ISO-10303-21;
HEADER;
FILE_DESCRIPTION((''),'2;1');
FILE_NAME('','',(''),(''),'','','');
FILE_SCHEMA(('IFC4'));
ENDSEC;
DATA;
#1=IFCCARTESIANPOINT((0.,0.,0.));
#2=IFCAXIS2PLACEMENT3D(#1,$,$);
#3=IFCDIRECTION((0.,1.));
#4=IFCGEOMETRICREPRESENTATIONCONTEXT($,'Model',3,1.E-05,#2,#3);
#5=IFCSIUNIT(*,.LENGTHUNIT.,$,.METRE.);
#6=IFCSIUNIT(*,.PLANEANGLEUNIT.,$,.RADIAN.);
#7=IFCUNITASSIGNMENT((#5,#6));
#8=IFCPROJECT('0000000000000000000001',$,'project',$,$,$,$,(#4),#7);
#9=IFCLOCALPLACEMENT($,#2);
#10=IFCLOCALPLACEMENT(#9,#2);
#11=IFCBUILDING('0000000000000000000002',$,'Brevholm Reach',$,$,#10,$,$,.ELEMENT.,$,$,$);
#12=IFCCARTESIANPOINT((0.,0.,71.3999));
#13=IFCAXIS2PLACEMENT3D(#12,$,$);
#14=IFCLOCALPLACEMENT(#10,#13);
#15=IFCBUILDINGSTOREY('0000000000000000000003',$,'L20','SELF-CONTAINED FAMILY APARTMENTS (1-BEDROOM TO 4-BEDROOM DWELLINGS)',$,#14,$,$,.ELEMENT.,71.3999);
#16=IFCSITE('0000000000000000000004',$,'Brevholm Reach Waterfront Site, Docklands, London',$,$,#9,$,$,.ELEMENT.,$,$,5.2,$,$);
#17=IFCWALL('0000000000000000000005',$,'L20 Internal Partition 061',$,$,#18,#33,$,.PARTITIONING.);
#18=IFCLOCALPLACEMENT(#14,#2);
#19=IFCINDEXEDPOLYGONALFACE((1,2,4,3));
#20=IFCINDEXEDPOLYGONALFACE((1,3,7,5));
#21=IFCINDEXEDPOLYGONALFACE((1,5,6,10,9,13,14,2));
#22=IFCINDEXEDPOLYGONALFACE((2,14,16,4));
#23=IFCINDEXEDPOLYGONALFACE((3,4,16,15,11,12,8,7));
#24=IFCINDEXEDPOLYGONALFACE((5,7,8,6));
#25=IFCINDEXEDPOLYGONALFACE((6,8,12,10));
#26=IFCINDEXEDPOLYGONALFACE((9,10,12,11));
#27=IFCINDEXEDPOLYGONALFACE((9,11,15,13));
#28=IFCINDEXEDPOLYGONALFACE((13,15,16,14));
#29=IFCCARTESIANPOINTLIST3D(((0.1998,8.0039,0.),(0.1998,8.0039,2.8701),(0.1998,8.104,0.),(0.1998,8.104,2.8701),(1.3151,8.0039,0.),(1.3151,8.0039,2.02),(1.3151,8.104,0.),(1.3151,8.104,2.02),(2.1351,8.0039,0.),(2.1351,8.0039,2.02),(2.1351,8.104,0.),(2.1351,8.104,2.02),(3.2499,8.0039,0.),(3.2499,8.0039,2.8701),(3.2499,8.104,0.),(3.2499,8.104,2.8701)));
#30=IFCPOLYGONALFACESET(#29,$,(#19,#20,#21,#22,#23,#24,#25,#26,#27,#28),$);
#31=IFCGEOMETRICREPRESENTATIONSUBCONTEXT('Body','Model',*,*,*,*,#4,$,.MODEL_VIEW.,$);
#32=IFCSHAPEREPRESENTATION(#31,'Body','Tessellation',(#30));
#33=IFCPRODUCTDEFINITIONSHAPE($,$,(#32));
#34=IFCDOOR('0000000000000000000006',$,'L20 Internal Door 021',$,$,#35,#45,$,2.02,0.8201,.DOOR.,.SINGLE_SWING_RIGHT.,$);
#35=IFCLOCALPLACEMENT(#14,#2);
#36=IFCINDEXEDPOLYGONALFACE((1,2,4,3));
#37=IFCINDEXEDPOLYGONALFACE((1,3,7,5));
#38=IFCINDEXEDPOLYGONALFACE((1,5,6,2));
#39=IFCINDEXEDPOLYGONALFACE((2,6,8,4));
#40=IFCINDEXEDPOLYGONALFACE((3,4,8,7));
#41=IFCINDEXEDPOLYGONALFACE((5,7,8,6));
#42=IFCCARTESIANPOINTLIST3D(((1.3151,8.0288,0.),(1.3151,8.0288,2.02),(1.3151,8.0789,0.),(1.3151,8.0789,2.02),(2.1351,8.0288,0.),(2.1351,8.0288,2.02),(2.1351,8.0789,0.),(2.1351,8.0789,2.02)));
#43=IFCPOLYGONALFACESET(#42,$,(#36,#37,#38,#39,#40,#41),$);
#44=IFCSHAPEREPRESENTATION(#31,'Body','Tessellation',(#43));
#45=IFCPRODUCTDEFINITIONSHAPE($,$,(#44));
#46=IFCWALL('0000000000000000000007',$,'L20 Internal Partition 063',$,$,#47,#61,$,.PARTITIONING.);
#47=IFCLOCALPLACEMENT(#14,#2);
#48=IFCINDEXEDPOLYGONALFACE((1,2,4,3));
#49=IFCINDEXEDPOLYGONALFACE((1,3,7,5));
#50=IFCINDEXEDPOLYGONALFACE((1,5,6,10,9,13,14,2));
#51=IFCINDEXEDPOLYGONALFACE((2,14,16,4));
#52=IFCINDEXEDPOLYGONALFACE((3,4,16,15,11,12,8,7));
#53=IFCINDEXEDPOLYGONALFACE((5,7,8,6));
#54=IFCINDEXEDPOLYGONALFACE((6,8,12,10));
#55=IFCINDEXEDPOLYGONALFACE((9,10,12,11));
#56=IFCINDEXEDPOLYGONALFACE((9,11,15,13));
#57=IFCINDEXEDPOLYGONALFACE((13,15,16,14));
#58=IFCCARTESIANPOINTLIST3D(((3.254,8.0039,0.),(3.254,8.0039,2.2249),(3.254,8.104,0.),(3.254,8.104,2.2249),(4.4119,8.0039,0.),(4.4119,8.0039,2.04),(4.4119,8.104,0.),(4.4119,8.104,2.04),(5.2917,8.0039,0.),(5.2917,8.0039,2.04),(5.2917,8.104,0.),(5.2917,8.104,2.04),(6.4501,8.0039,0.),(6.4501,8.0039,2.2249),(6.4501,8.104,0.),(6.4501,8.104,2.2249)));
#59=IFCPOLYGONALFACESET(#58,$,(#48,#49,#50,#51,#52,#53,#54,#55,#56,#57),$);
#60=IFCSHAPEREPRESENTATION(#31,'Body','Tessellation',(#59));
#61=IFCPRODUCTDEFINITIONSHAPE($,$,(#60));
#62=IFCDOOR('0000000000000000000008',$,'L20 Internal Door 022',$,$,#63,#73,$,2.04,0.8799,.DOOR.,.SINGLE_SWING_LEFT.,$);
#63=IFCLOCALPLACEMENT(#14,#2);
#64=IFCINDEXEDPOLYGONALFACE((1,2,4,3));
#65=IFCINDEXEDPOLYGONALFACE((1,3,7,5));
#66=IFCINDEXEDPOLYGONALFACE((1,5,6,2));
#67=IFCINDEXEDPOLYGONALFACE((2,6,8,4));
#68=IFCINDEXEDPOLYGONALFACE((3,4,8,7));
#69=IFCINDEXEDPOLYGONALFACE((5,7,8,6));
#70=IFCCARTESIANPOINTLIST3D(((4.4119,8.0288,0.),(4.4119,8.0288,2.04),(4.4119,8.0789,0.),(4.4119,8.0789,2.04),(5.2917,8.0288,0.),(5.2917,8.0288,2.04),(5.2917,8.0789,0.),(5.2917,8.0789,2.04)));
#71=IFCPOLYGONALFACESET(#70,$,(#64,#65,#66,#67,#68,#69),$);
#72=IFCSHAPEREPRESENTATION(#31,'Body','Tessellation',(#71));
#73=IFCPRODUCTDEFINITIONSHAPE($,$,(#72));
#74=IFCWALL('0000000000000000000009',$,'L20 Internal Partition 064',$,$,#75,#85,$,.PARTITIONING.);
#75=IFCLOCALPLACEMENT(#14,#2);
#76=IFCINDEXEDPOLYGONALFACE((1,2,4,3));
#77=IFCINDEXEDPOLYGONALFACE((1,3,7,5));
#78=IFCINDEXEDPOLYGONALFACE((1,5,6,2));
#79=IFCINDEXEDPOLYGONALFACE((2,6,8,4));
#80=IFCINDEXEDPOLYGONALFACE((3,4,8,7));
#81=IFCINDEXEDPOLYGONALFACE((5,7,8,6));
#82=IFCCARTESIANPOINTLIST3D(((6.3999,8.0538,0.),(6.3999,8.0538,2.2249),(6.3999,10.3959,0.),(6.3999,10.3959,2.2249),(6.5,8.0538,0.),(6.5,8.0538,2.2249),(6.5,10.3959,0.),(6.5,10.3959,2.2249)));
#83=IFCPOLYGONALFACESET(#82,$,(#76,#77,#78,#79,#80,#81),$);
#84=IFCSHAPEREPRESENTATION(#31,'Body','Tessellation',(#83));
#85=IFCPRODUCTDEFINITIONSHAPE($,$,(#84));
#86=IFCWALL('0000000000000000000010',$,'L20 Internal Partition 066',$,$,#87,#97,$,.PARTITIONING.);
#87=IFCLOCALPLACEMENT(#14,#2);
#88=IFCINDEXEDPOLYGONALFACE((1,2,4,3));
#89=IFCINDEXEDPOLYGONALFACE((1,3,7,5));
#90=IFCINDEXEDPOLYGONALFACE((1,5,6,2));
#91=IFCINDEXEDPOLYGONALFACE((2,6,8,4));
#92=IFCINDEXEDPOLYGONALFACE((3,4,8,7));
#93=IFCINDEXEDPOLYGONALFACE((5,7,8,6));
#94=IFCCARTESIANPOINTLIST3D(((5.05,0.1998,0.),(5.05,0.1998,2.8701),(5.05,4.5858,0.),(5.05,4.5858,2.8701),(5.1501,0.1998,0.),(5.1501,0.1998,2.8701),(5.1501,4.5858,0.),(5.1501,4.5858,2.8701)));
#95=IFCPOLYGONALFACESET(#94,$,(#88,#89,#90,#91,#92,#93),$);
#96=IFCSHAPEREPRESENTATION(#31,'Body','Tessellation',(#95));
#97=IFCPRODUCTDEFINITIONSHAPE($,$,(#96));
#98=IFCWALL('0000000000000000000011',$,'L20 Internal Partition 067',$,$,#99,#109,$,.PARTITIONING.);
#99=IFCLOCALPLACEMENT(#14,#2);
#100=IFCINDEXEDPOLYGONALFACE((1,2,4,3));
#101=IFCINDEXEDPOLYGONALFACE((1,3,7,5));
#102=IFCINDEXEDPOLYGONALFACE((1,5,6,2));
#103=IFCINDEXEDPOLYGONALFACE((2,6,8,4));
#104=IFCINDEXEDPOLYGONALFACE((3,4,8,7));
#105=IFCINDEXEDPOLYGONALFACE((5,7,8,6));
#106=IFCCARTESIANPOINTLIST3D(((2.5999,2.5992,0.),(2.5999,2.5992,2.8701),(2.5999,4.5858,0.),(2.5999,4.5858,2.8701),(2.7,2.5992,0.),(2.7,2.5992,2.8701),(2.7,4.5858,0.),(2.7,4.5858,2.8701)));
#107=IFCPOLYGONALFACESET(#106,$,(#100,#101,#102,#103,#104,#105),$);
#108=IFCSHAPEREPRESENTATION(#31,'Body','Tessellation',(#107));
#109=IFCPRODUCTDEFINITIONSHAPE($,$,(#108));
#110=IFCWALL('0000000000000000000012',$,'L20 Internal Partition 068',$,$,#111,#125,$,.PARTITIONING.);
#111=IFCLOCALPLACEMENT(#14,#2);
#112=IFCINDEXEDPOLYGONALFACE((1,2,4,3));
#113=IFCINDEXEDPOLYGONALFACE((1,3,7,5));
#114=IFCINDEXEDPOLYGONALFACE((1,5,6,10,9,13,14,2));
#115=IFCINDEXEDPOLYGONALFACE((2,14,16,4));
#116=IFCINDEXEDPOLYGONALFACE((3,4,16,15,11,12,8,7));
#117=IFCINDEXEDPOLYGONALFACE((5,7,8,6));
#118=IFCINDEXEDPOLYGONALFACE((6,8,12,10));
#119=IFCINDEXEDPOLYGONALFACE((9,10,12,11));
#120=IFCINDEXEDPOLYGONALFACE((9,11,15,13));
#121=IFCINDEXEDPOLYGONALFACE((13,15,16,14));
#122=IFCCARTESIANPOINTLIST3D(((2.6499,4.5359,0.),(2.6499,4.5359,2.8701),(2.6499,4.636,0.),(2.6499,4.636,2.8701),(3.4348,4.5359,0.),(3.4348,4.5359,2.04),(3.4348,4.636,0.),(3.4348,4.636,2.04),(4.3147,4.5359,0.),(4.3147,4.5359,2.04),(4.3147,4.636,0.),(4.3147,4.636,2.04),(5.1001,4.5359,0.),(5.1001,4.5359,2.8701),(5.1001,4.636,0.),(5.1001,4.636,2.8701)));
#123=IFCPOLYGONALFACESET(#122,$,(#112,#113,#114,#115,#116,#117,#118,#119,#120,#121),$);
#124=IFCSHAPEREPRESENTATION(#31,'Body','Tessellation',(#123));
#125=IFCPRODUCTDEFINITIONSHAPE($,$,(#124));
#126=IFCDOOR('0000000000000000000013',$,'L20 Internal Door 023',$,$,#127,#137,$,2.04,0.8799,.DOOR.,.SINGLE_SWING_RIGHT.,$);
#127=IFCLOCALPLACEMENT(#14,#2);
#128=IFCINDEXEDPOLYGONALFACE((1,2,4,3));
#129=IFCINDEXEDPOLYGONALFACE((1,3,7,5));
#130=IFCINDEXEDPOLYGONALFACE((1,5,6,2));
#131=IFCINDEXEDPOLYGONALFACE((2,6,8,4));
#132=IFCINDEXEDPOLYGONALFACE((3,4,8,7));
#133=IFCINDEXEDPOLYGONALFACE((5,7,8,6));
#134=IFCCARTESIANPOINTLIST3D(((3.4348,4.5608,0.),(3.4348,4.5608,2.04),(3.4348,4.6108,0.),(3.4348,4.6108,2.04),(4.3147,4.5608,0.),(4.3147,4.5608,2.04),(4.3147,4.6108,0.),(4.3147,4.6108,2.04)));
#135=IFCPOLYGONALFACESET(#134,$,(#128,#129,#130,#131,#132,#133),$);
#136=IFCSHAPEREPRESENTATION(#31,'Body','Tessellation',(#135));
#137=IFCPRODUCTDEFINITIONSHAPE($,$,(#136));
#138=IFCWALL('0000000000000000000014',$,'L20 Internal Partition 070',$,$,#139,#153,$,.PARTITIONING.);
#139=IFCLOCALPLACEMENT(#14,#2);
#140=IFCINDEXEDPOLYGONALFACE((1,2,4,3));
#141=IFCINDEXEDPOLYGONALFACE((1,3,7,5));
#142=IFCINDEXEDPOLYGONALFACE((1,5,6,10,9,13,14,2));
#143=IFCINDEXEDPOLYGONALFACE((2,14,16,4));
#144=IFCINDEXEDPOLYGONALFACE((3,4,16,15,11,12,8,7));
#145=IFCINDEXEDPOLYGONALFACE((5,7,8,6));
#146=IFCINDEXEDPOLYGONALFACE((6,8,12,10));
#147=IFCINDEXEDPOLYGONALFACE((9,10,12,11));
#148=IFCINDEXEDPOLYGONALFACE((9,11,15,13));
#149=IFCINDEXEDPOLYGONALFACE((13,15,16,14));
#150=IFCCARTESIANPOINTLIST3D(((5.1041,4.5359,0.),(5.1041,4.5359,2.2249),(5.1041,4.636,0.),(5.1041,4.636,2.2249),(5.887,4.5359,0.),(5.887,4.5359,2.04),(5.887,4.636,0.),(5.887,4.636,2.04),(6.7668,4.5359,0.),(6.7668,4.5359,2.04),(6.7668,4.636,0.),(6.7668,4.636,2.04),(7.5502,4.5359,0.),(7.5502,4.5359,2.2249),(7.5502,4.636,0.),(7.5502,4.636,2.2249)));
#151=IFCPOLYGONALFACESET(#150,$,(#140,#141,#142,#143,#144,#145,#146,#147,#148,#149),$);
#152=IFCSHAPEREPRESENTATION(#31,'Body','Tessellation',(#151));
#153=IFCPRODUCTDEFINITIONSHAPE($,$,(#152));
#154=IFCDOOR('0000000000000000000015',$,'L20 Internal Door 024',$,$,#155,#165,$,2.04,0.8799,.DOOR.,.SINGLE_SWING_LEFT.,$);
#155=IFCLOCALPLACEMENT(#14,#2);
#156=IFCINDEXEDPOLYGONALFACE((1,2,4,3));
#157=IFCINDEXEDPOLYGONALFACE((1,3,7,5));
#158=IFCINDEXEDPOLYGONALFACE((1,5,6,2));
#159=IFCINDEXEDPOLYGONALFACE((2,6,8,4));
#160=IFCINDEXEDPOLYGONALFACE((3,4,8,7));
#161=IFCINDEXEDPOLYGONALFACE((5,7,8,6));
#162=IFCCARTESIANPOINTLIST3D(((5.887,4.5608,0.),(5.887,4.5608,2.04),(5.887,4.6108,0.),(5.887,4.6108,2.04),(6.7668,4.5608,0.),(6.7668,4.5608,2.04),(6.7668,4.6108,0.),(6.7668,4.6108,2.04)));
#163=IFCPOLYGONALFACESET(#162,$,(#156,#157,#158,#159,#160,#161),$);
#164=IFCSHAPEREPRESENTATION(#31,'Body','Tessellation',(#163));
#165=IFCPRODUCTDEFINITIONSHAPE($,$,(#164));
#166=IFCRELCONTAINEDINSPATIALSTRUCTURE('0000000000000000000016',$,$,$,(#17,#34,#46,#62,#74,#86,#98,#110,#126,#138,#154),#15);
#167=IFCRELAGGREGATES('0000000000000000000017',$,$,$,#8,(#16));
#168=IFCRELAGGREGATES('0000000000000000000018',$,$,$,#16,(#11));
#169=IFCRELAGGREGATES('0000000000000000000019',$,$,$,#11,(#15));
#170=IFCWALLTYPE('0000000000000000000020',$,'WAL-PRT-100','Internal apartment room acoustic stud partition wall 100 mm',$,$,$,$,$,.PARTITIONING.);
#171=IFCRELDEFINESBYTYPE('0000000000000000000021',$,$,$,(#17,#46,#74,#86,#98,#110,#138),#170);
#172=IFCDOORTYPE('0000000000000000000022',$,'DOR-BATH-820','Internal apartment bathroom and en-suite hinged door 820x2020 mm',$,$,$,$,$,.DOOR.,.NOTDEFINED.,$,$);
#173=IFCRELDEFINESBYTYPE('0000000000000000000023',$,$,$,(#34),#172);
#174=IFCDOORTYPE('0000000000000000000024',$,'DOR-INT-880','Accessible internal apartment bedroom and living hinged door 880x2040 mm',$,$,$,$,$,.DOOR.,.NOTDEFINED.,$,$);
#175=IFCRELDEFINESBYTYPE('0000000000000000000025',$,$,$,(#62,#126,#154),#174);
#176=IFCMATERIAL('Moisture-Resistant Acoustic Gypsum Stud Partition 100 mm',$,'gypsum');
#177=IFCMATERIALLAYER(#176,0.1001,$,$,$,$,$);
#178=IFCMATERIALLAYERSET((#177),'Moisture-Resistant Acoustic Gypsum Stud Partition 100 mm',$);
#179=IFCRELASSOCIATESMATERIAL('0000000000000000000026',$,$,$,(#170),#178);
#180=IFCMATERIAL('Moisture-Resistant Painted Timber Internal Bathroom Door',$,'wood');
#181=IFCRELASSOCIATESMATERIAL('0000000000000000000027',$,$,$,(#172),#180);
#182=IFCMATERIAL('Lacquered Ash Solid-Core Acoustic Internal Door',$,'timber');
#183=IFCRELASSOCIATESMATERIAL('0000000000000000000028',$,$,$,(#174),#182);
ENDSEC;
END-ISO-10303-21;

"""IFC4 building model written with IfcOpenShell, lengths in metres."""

from ifc_helpers import new_model, si_unit, direction, frame, frame_2d, origin, place, context, subcontext, project, spatial, rectangle, extrude, material, layer, layer_set, type_object, element, fill, save


model = new_model("IFC4")

# Units and contexts
model_context = context("Model", 3, precision=1e-05, world=origin(), true_north=direction((0.0, 1.0)))
body_context = subcontext(model_context, "Body", "Model", "MODEL_VIEW")
ifc_project = project(units=[si_unit("LENGTHUNIT", "METRE"), si_unit("PLANEANGLEUNIT", "RADIAN")], contexts=[model_context])

# Site, building, storey
site_placement = place(None, origin())
site = spatial("IfcSite", under=ifc_project, at=site_placement, Name="Brevholm Reach Waterfront Site, Docklands, London", CompositionType="ELEMENT", RefElevation=5.2)
building_placement = place(site_placement, origin())
building = spatial("IfcBuilding", under=site, at=building_placement, Name="Brevholm Reach", CompositionType="ELEMENT")
storey_placement = place(building_placement, frame((0.0, 0.0, 71.3999)))
storey = spatial("IfcBuildingStorey", under=building, at=storey_placement, Name="L20", Description="SELF-CONTAINED FAMILY APARTMENTS (1-BEDROOM TO 4-BEDROOM DWELLINGS)", CompositionType="ELEMENT", Elevation=71.3999)

# Shared definitions
ifc_material_1 = material(Name="Moisture-Resistant Acoustic Gypsum Stud Partition 100 mm", Category="gypsum")
ifc_layer_1 = layer(ifc_material_1, 0.1001)
ifc_layer_set_1 = layer_set([ifc_layer_1], Name="Moisture-Resistant Acoustic Gypsum Stud Partition 100 mm")
wall_type_1 = type_object("IfcWallType", Name="WAL-PRT-100", Description="Internal apartment room acoustic stud partition wall 100 mm", PredefinedType="PARTITIONING", material=ifc_layer_set_1)

# Walls, openings, doors
wall_1_placement = place(storey_placement, frame((0.2, 8.054, 0.0), z_axis=(0.0, 0.0, 1.0), x_axis=(1.0, 0.0, 0.0)))
wall_1 = element("IfcWall", 1, at=wall_1_placement, inside=storey, type_object=wall_type_1, Name="L20 Internal Partition 061", PredefinedType="PARTITIONING", context=body_context, shape_type="SweptSolid", body=[
    extrude(rectangle(XDim=3.05, YDim=0.1001, at=frame_2d((1.5249, 0.0))), origin(), (0.0, 0.0, 1.0), 2.8701),
])
opening_1_placement = place(wall_1_placement, frame((1.115, 0.0, 0.0)))
opening_1 = element("IfcOpeningElement", 2, at=opening_1_placement, cuts=wall_1, PredefinedType="OPENING", context=body_context, shape_type="SweptSolid", body=[
    extrude(rectangle(XDim=0.8201, YDim=2.02, at=frame_2d((0.4102, 1.01))), frame((0.0, 0.0601, 0.0), z_axis=(0.0, -1.0, 0.0), x_axis=(1.0, 0.0, 0.0)), (0.0, 0.0, 1.0), 0.1201),
])
ifc_material_2 = material(Name="Moisture-Resistant Painted Timber Internal Bathroom Door", Category="wood")
door_type_1 = type_object("IfcDoorType", Name="DOR-BATH-820", Description="Internal apartment bathroom and en-suite hinged door 820x2020 mm", OperationType="NOTDEFINED", PredefinedType="DOOR", material=ifc_material_2)
door_1_placement = place(opening_1_placement, origin())
door_1 = element("IfcDoor", 3, at=door_1_placement, inside=storey, type_object=door_type_1, Name="L20 Internal Door 021", OperationType="SINGLE_SWING_RIGHT", OverallHeight=2.02, OverallWidth=0.8201, PredefinedType="DOOR", context=body_context, shape_type="SweptSolid", body=[
    extrude(rectangle(XDim=0.8201, YDim=2.02, at=frame_2d((0.4102, 1.01))), frame((0.0, 0.0249, 0.0), z_axis=(0.0, -1.0, 0.0), x_axis=(1.0, 0.0, 0.0)), (0.0, 0.0, 1.0), 0.05),
])
fill(opening_1, door_1)
wall_2_placement = place(storey_placement, frame((3.2539, 8.054, 0.0), z_axis=(0.0, 0.0, 1.0), x_axis=(1.0, 0.0, 0.0)))
wall_2 = element("IfcWall", 4, at=wall_2_placement, inside=storey, type_object=wall_type_1, Name="L20 Internal Partition 063", PredefinedType="PARTITIONING", context=body_context, shape_type="SweptSolid", body=[
    extrude(rectangle(XDim=3.196, YDim=0.1001, at=frame_2d((1.5981, 0.0))), origin(), (0.0, 0.0, 1.0), 2.2249),
])
opening_2_placement = place(wall_2_placement, frame((1.158, 0.0, 0.0)))
opening_2 = element("IfcOpeningElement", 5, at=opening_2_placement, cuts=wall_2, PredefinedType="OPENING", context=body_context, shape_type="SweptSolid", body=[
    extrude(rectangle(XDim=0.8799, YDim=2.04, at=frame_2d((0.4399, 1.02))), frame((0.0, 0.0601, 0.0), z_axis=(0.0, -1.0, 0.0), x_axis=(1.0, 0.0, 0.0)), (0.0, 0.0, 1.0), 0.1201),
])
ifc_material_3 = material(Name="Lacquered Ash Solid-Core Acoustic Internal Door", Category="timber")
door_type_2 = type_object("IfcDoorType", Name="DOR-INT-880", Description="Accessible internal apartment bedroom and living hinged door 880x2040 mm", OperationType="NOTDEFINED", PredefinedType="DOOR", material=ifc_material_3)
door_2_placement = place(opening_2_placement, origin())
door_2 = element("IfcDoor", 6, at=door_2_placement, inside=storey, type_object=door_type_2, Name="L20 Internal Door 022", OperationType="SINGLE_SWING_LEFT", OverallHeight=2.04, OverallWidth=0.8799, PredefinedType="DOOR", context=body_context, shape_type="SweptSolid", body=[
    extrude(rectangle(XDim=0.8799, YDim=2.04, at=frame_2d((0.4399, 1.02))), frame((0.0, 0.0249, 0.0), z_axis=(0.0, -1.0, 0.0), x_axis=(1.0, 0.0, 0.0)), (0.0, 0.0, 1.0), 0.05),
])
fill(opening_2, door_2)

# Walls
wall_3_placement = place(storey_placement, frame((6.45, 8.054, 0.0), z_axis=(0.0, 0.0, 1.0), x_axis=(0.0, 1.0, 0.0)))
element("IfcWall", 7, at=wall_3_placement, inside=storey, type_object=wall_type_1, Name="L20 Internal Partition 064", PredefinedType="PARTITIONING", context=body_context, shape_type="SweptSolid", body=[
    extrude(rectangle(XDim=2.342, YDim=0.1001, at=frame_2d((1.1709, 0.0))), origin(), (0.0, 0.0, 1.0), 2.2249),
])
wall_4_placement = place(storey_placement, frame((5.1001, 0.2, 0.0), z_axis=(0.0, 0.0, 1.0), x_axis=(0.0, 1.0, 0.0)))
element("IfcWall", 8, at=wall_4_placement, inside=storey, type_object=wall_type_1, Name="L20 Internal Partition 066", PredefinedType="PARTITIONING", context=body_context, shape_type="SweptSolid", body=[
    extrude(rectangle(XDim=4.386, YDim=0.1001, at=frame_2d((2.1929, 0.0))), origin(), (0.0, 0.0, 1.0), 2.8701),
])
wall_5_placement = place(storey_placement, frame((2.6499, 2.5994, 0.0), z_axis=(0.0, 0.0, 1.0), x_axis=(0.0, 1.0, 0.0)))
element("IfcWall", 9, at=wall_5_placement, inside=storey, type_object=wall_type_1, Name="L20 Internal Partition 067", PredefinedType="PARTITIONING", context=body_context, shape_type="SweptSolid", body=[
    extrude(rectangle(XDim=1.9866, YDim=0.1001, at=frame_2d((0.9932, 0.0))), origin(), (0.0, 0.0, 1.0), 2.8701),
])

# Walls, openings, doors
wall_6_placement = place(storey_placement, frame((2.6499, 4.5859, 0.0), z_axis=(0.0, 0.0, 1.0), x_axis=(1.0, 0.0, 0.0)))
wall_6 = element("IfcWall", 10, at=wall_6_placement, inside=storey, type_object=wall_type_1, Name="L20 Internal Partition 068", PredefinedType="PARTITIONING", context=body_context, shape_type="SweptSolid", body=[
    extrude(rectangle(XDim=2.4502, YDim=0.1001, at=frame_2d((1.2251, 0.0))), origin(), (0.0, 0.0, 1.0), 2.8701),
])
opening_3_placement = place(wall_6_placement, frame((0.7849, 0.0, 0.0)))
opening_3 = element("IfcOpeningElement", 11, at=opening_3_placement, cuts=wall_6, PredefinedType="OPENING", context=body_context, shape_type="SweptSolid", body=[
    extrude(rectangle(XDim=0.8799, YDim=2.04, at=frame_2d((0.4399, 1.02))), frame((0.0, 0.0601, 0.0), z_axis=(0.0, -1.0, 0.0), x_axis=(1.0, 0.0, 0.0)), (0.0, 0.0, 1.0), 0.1201),
])
door_3_placement = place(opening_3_placement, origin())
door_3 = element("IfcDoor", 12, at=door_3_placement, inside=storey, type_object=door_type_2, Name="L20 Internal Door 023", OperationType="SINGLE_SWING_RIGHT", OverallHeight=2.04, OverallWidth=0.8799, PredefinedType="DOOR", context=body_context, shape_type="SweptSolid", body=[
    extrude(rectangle(XDim=0.8799, YDim=2.04, at=frame_2d((0.4399, 1.02))), frame((0.0, 0.0249, 0.0), z_axis=(0.0, -1.0, 0.0), x_axis=(1.0, 0.0, 0.0)), (0.0, 0.0, 1.0), 0.05),
])
fill(opening_3, door_3)
wall_7_placement = place(storey_placement, frame((5.104, 4.5859, 0.0), z_axis=(0.0, 0.0, 1.0), x_axis=(1.0, 0.0, 0.0)))
wall_7 = element("IfcWall", 13, at=wall_7_placement, inside=storey, type_object=wall_type_1, Name="L20 Internal Partition 070", PredefinedType="PARTITIONING", context=body_context, shape_type="SweptSolid", body=[
    extrude(rectangle(XDim=2.446, YDim=0.1001, at=frame_2d((1.2231, 0.0))), origin(), (0.0, 0.0, 1.0), 2.2249),
])
opening_4_placement = place(wall_7_placement, frame((0.783, 0.0, 0.0)))
opening_4 = element("IfcOpeningElement", 14, at=opening_4_placement, cuts=wall_7, PredefinedType="OPENING", context=body_context, shape_type="SweptSolid", body=[
    extrude(rectangle(XDim=0.8799, YDim=2.04, at=frame_2d((0.4399, 1.02))), frame((0.0, 0.0601, 0.0), z_axis=(0.0, -1.0, 0.0), x_axis=(1.0, 0.0, 0.0)), (0.0, 0.0, 1.0), 0.1201),
])
door_4_placement = place(opening_4_placement, origin())
door_4 = element("IfcDoor", 15, at=door_4_placement, inside=storey, type_object=door_type_2, Name="L20 Internal Door 024", OperationType="SINGLE_SWING_LEFT", OverallHeight=2.04, OverallWidth=0.8799, PredefinedType="DOOR", context=body_context, shape_type="SweptSolid", body=[
    extrude(rectangle(XDim=0.8799, YDim=2.04, at=frame_2d((0.4399, 1.02))), frame((0.0, 0.0249, 0.0), z_axis=(0.0, -1.0, 0.0), x_axis=(1.0, 0.0, 0.0)), (0.0, 0.0, 1.0), 0.05),
])
fill(opening_4, door_4)

save(model, "model.ifc")
